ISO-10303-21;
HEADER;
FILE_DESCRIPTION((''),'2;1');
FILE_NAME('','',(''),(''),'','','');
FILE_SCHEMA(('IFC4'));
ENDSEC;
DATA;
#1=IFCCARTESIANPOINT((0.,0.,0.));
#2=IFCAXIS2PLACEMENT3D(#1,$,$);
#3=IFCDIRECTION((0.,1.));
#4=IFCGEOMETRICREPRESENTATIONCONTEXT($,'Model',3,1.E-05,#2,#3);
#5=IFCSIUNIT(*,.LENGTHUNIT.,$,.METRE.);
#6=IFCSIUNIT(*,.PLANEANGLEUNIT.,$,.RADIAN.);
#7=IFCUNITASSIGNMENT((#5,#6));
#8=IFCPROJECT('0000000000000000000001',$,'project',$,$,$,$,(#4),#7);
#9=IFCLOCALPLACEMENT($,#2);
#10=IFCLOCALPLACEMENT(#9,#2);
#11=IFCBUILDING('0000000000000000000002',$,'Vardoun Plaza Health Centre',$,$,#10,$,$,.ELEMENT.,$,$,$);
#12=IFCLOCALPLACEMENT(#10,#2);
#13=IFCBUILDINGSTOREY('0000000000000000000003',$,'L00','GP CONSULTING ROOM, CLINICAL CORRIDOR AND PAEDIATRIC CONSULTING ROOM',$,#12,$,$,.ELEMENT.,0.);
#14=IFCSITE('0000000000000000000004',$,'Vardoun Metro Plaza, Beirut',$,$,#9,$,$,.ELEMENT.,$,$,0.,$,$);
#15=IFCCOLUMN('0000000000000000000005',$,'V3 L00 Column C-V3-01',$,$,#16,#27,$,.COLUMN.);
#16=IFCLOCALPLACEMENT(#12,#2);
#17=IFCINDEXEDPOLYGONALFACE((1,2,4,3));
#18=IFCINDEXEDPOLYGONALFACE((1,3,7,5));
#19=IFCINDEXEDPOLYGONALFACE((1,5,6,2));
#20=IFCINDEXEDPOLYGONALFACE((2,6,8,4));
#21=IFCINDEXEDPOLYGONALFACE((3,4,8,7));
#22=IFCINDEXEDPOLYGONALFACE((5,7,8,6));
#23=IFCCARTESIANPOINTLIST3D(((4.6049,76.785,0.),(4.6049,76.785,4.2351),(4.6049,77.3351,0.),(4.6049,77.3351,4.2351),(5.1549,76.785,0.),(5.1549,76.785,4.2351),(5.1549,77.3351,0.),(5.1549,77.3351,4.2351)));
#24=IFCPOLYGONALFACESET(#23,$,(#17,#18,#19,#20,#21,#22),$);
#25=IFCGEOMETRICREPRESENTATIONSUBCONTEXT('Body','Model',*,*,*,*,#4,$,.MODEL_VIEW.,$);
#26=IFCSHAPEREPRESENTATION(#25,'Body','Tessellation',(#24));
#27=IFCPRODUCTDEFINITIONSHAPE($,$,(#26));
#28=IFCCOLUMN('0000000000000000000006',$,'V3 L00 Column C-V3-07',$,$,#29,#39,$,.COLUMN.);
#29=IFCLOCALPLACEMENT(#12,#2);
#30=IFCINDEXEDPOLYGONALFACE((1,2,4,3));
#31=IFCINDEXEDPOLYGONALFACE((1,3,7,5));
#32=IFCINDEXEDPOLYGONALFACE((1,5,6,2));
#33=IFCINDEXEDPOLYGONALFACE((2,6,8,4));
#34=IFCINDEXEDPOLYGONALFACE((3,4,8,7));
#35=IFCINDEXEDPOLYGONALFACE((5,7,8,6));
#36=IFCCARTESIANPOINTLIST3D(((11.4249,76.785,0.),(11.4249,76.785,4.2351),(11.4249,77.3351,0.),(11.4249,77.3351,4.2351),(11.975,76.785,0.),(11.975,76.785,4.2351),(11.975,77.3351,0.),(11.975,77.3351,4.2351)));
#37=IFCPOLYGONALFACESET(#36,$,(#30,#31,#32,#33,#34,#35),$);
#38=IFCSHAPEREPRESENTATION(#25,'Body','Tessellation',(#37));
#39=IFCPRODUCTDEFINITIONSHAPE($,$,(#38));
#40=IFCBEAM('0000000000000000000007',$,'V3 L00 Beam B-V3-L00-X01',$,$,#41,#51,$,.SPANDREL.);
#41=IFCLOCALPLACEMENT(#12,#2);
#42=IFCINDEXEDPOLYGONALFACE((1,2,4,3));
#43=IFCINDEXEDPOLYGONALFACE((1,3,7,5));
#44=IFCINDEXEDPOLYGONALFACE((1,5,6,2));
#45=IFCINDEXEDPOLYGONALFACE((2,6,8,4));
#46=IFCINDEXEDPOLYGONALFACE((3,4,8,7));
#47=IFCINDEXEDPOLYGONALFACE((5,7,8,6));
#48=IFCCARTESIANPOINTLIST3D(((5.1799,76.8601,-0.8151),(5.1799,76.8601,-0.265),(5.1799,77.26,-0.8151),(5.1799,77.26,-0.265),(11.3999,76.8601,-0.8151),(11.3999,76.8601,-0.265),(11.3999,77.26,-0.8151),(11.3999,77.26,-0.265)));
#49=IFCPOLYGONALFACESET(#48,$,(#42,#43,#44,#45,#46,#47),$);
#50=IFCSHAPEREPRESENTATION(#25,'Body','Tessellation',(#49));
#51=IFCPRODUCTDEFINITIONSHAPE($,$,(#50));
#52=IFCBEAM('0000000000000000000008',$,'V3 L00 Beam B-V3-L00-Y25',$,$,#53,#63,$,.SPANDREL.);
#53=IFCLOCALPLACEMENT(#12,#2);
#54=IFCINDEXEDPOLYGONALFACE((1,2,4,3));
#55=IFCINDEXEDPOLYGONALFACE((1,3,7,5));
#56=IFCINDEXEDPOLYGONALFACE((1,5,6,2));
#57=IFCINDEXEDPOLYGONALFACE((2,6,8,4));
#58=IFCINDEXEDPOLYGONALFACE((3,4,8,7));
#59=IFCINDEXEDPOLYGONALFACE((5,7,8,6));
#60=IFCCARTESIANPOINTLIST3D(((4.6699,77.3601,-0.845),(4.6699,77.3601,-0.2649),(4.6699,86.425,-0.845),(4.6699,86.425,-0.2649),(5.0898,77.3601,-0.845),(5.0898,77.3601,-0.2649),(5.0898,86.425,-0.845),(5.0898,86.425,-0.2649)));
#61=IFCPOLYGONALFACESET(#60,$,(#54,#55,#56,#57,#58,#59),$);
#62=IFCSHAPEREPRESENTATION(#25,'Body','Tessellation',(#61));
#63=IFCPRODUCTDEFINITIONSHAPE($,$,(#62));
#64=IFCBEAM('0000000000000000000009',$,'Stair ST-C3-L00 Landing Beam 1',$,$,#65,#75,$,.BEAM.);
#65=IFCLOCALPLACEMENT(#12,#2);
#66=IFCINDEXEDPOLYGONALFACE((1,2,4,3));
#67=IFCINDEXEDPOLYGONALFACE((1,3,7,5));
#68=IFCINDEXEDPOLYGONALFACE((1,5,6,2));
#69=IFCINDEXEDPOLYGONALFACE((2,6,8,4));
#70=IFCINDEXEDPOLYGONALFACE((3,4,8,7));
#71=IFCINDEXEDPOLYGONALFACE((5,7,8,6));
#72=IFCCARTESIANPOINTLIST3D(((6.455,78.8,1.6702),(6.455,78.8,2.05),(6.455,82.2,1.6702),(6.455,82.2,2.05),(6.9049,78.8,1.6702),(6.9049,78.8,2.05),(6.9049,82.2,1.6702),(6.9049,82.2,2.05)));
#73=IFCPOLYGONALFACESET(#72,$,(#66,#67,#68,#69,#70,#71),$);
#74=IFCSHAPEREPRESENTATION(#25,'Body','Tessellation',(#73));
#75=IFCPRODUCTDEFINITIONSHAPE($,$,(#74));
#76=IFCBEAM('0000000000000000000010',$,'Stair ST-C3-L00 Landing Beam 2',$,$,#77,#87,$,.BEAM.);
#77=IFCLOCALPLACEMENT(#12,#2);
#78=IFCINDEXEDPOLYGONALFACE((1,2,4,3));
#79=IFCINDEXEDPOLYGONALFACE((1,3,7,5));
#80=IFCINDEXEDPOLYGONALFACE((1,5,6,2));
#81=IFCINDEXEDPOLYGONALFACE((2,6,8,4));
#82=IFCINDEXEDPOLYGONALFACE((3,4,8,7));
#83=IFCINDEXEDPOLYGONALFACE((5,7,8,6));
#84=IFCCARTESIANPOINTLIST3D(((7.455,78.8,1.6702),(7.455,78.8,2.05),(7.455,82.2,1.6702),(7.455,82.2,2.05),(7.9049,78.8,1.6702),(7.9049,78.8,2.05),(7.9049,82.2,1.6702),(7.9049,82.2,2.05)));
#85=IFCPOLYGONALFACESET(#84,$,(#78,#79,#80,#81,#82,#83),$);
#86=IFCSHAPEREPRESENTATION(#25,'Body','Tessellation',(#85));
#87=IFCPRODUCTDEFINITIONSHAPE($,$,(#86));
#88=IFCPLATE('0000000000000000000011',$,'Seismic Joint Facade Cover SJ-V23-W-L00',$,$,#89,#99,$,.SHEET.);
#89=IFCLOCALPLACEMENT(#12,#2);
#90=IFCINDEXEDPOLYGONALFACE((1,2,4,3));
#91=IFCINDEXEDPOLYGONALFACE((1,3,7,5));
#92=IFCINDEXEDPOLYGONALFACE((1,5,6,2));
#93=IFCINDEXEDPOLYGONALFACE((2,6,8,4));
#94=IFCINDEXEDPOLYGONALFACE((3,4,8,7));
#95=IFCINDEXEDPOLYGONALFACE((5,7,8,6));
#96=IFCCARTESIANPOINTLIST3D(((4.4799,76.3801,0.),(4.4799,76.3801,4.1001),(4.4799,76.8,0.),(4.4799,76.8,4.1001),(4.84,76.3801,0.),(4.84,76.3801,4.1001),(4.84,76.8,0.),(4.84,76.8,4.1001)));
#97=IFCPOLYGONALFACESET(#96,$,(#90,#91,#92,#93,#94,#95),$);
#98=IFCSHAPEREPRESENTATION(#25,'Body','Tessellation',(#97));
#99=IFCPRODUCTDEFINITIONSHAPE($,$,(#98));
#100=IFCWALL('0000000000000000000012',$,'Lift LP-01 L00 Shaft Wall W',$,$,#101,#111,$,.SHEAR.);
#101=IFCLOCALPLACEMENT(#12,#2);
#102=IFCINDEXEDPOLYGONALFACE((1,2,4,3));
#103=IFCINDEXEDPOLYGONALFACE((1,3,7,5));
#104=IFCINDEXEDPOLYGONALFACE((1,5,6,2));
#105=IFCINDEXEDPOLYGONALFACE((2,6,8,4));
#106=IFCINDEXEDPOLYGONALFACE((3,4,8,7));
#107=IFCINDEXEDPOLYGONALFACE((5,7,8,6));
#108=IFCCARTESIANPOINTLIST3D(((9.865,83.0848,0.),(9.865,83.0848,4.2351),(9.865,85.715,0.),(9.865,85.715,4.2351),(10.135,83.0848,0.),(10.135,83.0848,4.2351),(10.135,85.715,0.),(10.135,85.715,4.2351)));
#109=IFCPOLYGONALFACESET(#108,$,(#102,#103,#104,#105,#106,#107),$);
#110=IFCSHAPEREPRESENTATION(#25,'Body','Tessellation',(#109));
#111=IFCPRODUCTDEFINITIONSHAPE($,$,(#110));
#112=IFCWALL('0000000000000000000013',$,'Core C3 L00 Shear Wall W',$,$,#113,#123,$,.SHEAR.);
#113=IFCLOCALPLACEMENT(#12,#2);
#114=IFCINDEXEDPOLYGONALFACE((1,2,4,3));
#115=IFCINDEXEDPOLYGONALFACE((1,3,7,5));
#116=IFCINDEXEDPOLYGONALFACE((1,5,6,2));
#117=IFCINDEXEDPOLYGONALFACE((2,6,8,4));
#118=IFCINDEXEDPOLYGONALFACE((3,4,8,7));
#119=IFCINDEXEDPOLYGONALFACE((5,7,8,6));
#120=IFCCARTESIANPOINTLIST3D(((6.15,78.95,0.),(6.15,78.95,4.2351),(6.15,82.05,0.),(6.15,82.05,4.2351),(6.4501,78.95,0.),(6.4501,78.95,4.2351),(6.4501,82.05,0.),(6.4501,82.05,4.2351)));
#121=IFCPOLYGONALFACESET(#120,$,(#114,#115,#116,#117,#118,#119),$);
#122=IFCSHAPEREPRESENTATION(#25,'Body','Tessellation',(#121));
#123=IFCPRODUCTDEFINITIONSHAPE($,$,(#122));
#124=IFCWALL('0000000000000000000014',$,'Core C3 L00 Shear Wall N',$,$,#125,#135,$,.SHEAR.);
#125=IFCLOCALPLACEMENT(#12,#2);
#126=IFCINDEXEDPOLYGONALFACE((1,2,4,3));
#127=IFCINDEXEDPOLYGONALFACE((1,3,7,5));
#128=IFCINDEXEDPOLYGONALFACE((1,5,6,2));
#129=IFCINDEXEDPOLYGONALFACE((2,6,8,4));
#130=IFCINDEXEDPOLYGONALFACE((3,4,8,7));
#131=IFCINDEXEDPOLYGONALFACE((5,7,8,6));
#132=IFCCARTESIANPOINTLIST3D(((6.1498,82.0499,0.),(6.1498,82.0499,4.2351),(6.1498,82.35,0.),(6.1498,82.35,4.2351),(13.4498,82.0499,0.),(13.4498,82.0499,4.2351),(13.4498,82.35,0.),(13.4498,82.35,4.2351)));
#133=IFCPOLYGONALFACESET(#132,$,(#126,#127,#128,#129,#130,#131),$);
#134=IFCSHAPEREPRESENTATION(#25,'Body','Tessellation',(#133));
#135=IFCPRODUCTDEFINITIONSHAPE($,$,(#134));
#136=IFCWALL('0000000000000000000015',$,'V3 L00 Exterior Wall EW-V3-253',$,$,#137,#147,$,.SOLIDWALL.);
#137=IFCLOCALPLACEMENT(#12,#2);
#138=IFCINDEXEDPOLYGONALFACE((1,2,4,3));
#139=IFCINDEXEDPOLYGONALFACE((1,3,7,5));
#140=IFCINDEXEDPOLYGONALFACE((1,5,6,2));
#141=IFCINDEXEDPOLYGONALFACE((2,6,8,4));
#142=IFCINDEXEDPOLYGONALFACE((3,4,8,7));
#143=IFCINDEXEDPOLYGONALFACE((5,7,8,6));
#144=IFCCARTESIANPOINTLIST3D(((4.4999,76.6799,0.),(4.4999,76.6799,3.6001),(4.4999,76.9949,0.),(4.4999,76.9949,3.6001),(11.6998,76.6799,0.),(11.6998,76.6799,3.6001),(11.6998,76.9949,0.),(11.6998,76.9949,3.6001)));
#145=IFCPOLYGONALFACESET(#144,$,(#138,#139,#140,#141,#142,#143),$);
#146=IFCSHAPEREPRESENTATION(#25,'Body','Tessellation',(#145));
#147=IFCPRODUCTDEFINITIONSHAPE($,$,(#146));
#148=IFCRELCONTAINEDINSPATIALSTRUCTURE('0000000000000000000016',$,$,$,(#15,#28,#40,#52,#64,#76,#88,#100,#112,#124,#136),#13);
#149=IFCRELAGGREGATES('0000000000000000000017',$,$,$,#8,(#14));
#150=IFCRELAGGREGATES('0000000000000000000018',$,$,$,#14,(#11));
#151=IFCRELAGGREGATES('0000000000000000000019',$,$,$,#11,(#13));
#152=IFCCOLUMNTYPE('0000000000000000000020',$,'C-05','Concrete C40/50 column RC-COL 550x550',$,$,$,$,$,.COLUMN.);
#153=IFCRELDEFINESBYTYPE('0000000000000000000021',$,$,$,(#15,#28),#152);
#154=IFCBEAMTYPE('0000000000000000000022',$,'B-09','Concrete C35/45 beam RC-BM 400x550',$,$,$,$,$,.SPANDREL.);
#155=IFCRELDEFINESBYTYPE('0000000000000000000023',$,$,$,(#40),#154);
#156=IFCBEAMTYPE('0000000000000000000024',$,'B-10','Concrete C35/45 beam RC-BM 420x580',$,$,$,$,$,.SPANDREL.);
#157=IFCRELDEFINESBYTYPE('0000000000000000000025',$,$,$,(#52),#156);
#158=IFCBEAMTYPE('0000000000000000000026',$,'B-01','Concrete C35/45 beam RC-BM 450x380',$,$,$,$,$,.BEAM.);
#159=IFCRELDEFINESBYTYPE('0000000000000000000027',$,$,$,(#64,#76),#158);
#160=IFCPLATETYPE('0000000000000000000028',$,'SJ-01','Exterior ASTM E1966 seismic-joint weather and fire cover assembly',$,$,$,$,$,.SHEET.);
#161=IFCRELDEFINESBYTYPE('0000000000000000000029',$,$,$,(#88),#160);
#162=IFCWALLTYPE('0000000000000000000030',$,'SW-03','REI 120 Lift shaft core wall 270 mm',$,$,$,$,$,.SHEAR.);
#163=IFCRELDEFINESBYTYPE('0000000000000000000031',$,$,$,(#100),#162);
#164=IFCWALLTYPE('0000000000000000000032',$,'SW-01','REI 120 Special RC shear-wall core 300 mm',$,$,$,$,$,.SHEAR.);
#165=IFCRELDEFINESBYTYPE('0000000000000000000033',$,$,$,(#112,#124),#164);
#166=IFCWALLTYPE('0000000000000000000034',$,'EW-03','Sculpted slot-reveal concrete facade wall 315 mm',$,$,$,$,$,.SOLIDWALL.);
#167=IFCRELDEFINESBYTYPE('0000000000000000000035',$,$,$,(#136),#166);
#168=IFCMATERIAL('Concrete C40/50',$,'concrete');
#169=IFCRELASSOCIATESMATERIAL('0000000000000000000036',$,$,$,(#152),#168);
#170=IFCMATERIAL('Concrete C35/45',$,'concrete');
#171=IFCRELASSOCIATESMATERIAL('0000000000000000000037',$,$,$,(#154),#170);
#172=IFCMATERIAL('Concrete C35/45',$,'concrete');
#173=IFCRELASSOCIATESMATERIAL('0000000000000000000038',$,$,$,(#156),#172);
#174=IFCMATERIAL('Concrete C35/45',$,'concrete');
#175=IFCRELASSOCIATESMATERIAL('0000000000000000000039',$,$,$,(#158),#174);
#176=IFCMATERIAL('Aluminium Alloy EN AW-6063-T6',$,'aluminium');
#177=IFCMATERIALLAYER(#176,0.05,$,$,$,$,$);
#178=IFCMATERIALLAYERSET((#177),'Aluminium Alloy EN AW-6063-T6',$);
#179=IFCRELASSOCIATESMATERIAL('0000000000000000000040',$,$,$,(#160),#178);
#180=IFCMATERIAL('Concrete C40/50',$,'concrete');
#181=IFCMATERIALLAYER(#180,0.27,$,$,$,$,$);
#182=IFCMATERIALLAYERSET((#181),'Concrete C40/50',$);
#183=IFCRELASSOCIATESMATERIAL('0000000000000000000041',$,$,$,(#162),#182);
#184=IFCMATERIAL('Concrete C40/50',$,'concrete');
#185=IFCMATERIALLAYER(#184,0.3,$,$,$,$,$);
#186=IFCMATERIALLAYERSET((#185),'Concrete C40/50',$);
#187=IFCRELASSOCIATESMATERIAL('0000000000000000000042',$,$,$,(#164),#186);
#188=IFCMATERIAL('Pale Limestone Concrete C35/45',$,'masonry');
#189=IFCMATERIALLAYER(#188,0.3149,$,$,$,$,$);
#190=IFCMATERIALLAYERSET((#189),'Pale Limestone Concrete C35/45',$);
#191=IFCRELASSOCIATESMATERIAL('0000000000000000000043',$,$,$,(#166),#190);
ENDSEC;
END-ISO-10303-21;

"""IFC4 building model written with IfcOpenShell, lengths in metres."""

from ifc_helpers import new_model, si_unit, direction, frame, frame_2d, origin, origin_2d, place, context, subcontext, project, spatial, rectangle, extrude, material, layer, layer_set, material_profile, profile_set, type_object, element, save


model = new_model("IFC4")

# Units and contexts
model_context = context("Model", 3, precision=1e-05, world=origin(), true_north=direction((0.0, 1.0)))
body_context = subcontext(model_context, "Body", "Model", "MODEL_VIEW")
ifc_project = project(units=[si_unit("LENGTHUNIT", "METRE"), si_unit("PLANEANGLEUNIT", "RADIAN")], contexts=[model_context])

# Site, building, storey
site_placement = place(None, origin())
site = spatial("IfcSite", under=ifc_project, at=site_placement, Name="Vardoun Metro Plaza, Beirut", CompositionType="ELEMENT", RefElevation=0.0)
building_placement = place(site_placement, origin())
building = spatial("IfcBuilding", under=site, at=building_placement, Name="Vardoun Plaza Health Centre", CompositionType="ELEMENT")
storey_placement = place(building_placement, origin())
storey = spatial("IfcBuildingStorey", under=building, at=storey_placement, Name="L00", Description="GP CONSULTING ROOM, CLINICAL CORRIDOR AND PAEDIATRIC CONSULTING ROOM", CompositionType="ELEMENT", Elevation=0.0)

# Columns
ifc_material_1 = material(Name="Concrete C40/50", Category="concrete")
ifc_material_profile_1 = material_profile(ifc_material_1, rectangle(XDim=0.55, YDim=0.55, at=origin_2d()), Name="RC-COL 550x550")
ifc_profile_set_1 = profile_set([ifc_material_profile_1], Name="Concrete C40/50")
column_type = type_object("IfcColumnType", Name="C-05", Description="Concrete C40/50 column RC-COL 550x550", PredefinedType="COLUMN", material=ifc_profile_set_1)
for number, where, z_axis, x_axis, name in (
    (1, (4.8799, 77.0601, 0.0), (0.0, 0.0, 1.0), (1.0, 0.0, 0.0), "V3 L00 Column C-V3-01"),
    (2, (11.7, 77.0601, 0.0), (0.0, 0.0, 1.0), (1.0, 0.0, 0.0), "V3 L00 Column C-V3-07"),
):
    element("IfcColumn", number, at=place(storey_placement, frame(where, z_axis=z_axis, x_axis=x_axis)), inside=storey, type_object=column_type, Name=name, PredefinedType="COLUMN", context=body_context, shape_type="SweptSolid", body=[
        extrude(rectangle(XDim=0.55, YDim=0.55, at=origin_2d()), origin(), (0.0, 0.0, 1.0), 4.2351),
    ])

# Beams
ifc_material_2 = material(Name="Concrete C35/45", Category="concrete")
ifc_material_profile_2 = material_profile(ifc_material_2, rectangle(XDim=0.3999, YDim=0.55, at=origin_2d()), Name="RC-BM 400x550")
ifc_profile_set_2 = profile_set([ifc_material_profile_2], Name="Concrete C35/45")
beam_type_1 = type_object("IfcBeamType", Name="B-09", Description="Concrete C35/45 beam RC-BM 400x550", PredefinedType="SPANDREL", material=ifc_profile_set_2)
beam_1_placement = place(storey_placement, frame((5.1799, 77.0601, -0.54), z_axis=(1.0, 0.0, 0.0), x_axis=(0.0, 1.0, 0.0)))
element("IfcBeam", 3, at=beam_1_placement, inside=storey, type_object=beam_type_1, Name="V3 L00 Beam B-V3-L00-X01", PredefinedType="SPANDREL", context=body_context, shape_type="SweptSolid", body=[
    extrude(rectangle(XDim=0.3999, YDim=0.55, at=origin_2d()), origin(), (0.0, 0.0, 1.0), 6.22),
])
ifc_material_3 = material(Name="Concrete C35/45", Category="concrete")
ifc_material_profile_3 = material_profile(ifc_material_3, rectangle(XDim=0.4199, YDim=0.5801, at=origin_2d()), Name="RC-BM 420x580")
ifc_profile_set_3 = profile_set([ifc_material_profile_3], Name="Concrete C35/45")
beam_type_2 = type_object("IfcBeamType", Name="B-10", Description="Concrete C35/45 beam RC-BM 420x580", PredefinedType="SPANDREL", material=ifc_profile_set_3)
beam_2_placement = place(storey_placement, frame((4.8799, 77.3601, -0.5549), z_axis=(0.0, 1.0, 0.0), x_axis=(-1.0, 0.0, 0.0)))
element("IfcBeam", 4, at=beam_2_placement, inside=storey, type_object=beam_type_2, Name="V3 L00 Beam B-V3-L00-Y25", PredefinedType="SPANDREL", context=body_context, shape_type="SweptSolid", body=[
    extrude(rectangle(XDim=0.4199, YDim=0.5801, at=origin_2d()), origin(), (0.0, 0.0, 1.0), 9.0649),
])
ifc_material_4 = material(Name="Concrete C35/45", Category="concrete")
ifc_material_profile_4 = material_profile(ifc_material_4, rectangle(XDim=0.45, YDim=0.3799, at=origin_2d()), Name="RC-BM 450x380")
ifc_profile_set_4 = profile_set([ifc_material_profile_4], Name="Concrete C35/45")
beam_type_3 = type_object("IfcBeamType", Name="B-01", Description="Concrete C35/45 beam RC-BM 450x380", PredefinedType="BEAM", material=ifc_profile_set_4)
for number, where, z_axis, x_axis, name in (
    (5, (6.6799, 78.8, 1.8601), (0.0, 1.0, 0.0), (-1.0, 0.0, 0.0), "Stair ST-C3-L00 Landing Beam 1"),
    (6, (7.6799, 78.8, 1.8601), (0.0, 1.0, 0.0), (-1.0, 0.0, 0.0), "Stair ST-C3-L00 Landing Beam 2"),
):
    element("IfcBeam", number, at=place(storey_placement, frame(where, z_axis=z_axis, x_axis=x_axis)), inside=storey, type_object=beam_type_3, Name=name, PredefinedType="BEAM", context=body_context, shape_type="SweptSolid", body=[
        extrude(rectangle(XDim=0.45, YDim=0.3799, at=origin_2d()), origin(), (0.0, 0.0, 1.0), 3.3999),
    ])

# Plate
ifc_material_5 = material(Name="Aluminium Alloy EN AW-6063-T6", Category="aluminium")
ifc_layer_1 = layer(ifc_material_5, 0.05)
ifc_layer_set_1 = layer_set([ifc_layer_1], Name="Aluminium Alloy EN AW-6063-T6")
plate_type = type_object("IfcPlateType", Name="SJ-01", Description="Exterior ASTM E1966 seismic-joint weather and fire cover assembly", PredefinedType="SHEET", material=ifc_layer_set_1)
plate_placement = place(storey_placement, frame((4.6599, 76.5901, 0.0), z_axis=(0.0, 0.0, 1.0), x_axis=(1.0, 0.0, 0.0)))
element("IfcPlate", 7, at=plate_placement, inside=storey, type_object=plate_type, Name="Seismic Joint Facade Cover SJ-V23-W-L00", PredefinedType="SHEET", context=body_context, shape_type="SweptSolid", body=[
    extrude(rectangle(XDim=0.3601, YDim=0.4199, at=origin_2d()), origin(), (0.0, 0.0, 1.0), 4.1001),
])

# Walls
ifc_material_6 = material(Name="Concrete C40/50", Category="concrete")
ifc_layer_2 = layer(ifc_material_6, 0.27)
ifc_layer_set_2 = layer_set([ifc_layer_2], Name="Concrete C40/50")
wall_type_1 = type_object("IfcWallType", Name="SW-03", Description="REI 120 Lift shaft core wall 270 mm", PredefinedType="SHEAR", material=ifc_layer_set_2)
wall_1_placement = place(storey_placement, frame((10.0, 83.085, 0.0), z_axis=(0.0, 0.0, 1.0), x_axis=(0.0, 1.0, 0.0)))
element("IfcWall", 8, at=wall_1_placement, inside=storey, type_object=wall_type_1, Name="Lift LP-01 L00 Shaft Wall W", PredefinedType="SHEAR", context=body_context, shape_type="SweptSolid", body=[
    extrude(rectangle(XDim=2.6301, YDim=0.27, at=frame_2d((1.3149, 0.0))), origin(), (0.0, 0.0, 1.0), 4.2351),
])
ifc_material_7 = material(Name="Concrete C40/50", Category="concrete")
ifc_layer_3 = layer(ifc_material_7, 0.3)
ifc_layer_set_3 = layer_set([ifc_layer_3], Name="Concrete C40/50")
wall_type_2 = type_object("IfcWallType", Name="SW-01", Description="REI 120 Special RC shear-wall core 300 mm", PredefinedType="SHEAR", material=ifc_layer_set_3)
wall_2_placement = place(storey_placement, frame((6.3, 78.95, 0.0), z_axis=(0.0, 0.0, 1.0), x_axis=(0.0, 1.0, 0.0)))
element("IfcWall", 9, at=wall_2_placement, inside=storey, type_object=wall_type_2, Name="Core C3 L00 Shear Wall W", PredefinedType="SHEAR", context=body_context, shape_type="SweptSolid", body=[
    extrude(rectangle(XDim=3.1001, YDim=0.3, at=frame_2d((1.55, 0.0))), origin(), (0.0, 0.0, 1.0), 4.2351),
])
wall_3_placement = place(storey_placement, frame((6.1499, 82.2, 0.0), z_axis=(0.0, 0.0, 1.0), x_axis=(1.0, 0.0, 0.0)))
element("IfcWall", 10, at=wall_3_placement, inside=storey, type_object=wall_type_2, Name="Core C3 L00 Shear Wall N", PredefinedType="SHEAR", context=body_context, shape_type="SweptSolid", body=[
    extrude(rectangle(XDim=7.3, YDim=0.3, at=frame_2d((3.6499, 0.0))), origin(), (0.0, 0.0, 1.0), 4.2351),
])
ifc_material_8 = material(Name="Pale Limestone Concrete C35/45", Category="masonry")
ifc_layer_4 = layer(ifc_material_8, 0.3149)
ifc_layer_set_4 = layer_set([ifc_layer_4], Name="Pale Limestone Concrete C35/45")
wall_type_3 = type_object("IfcWallType", Name="EW-03", Description="Sculpted slot-reveal concrete facade wall 315 mm", PredefinedType="SOLIDWALL", material=ifc_layer_set_4)
wall_4_placement = place(storey_placement, frame((11.7, 76.8374, 0.0), z_axis=(0.0, 0.0, 1.0), x_axis=(-1.0, 0.0, 0.0)))
element("IfcWall", 11, at=wall_4_placement, inside=storey, type_object=wall_type_3, Name="V3 L00 Exterior Wall EW-V3-253", PredefinedType="SOLIDWALL", context=body_context, shape_type="SweptSolid", body=[
    extrude(rectangle(XDim=7.2, YDim=0.3149, at=frame_2d((3.6001, 0.0))), origin(), (0.0, 0.0, 1.0), 3.6001),
])

save(model, "model.ifc")
